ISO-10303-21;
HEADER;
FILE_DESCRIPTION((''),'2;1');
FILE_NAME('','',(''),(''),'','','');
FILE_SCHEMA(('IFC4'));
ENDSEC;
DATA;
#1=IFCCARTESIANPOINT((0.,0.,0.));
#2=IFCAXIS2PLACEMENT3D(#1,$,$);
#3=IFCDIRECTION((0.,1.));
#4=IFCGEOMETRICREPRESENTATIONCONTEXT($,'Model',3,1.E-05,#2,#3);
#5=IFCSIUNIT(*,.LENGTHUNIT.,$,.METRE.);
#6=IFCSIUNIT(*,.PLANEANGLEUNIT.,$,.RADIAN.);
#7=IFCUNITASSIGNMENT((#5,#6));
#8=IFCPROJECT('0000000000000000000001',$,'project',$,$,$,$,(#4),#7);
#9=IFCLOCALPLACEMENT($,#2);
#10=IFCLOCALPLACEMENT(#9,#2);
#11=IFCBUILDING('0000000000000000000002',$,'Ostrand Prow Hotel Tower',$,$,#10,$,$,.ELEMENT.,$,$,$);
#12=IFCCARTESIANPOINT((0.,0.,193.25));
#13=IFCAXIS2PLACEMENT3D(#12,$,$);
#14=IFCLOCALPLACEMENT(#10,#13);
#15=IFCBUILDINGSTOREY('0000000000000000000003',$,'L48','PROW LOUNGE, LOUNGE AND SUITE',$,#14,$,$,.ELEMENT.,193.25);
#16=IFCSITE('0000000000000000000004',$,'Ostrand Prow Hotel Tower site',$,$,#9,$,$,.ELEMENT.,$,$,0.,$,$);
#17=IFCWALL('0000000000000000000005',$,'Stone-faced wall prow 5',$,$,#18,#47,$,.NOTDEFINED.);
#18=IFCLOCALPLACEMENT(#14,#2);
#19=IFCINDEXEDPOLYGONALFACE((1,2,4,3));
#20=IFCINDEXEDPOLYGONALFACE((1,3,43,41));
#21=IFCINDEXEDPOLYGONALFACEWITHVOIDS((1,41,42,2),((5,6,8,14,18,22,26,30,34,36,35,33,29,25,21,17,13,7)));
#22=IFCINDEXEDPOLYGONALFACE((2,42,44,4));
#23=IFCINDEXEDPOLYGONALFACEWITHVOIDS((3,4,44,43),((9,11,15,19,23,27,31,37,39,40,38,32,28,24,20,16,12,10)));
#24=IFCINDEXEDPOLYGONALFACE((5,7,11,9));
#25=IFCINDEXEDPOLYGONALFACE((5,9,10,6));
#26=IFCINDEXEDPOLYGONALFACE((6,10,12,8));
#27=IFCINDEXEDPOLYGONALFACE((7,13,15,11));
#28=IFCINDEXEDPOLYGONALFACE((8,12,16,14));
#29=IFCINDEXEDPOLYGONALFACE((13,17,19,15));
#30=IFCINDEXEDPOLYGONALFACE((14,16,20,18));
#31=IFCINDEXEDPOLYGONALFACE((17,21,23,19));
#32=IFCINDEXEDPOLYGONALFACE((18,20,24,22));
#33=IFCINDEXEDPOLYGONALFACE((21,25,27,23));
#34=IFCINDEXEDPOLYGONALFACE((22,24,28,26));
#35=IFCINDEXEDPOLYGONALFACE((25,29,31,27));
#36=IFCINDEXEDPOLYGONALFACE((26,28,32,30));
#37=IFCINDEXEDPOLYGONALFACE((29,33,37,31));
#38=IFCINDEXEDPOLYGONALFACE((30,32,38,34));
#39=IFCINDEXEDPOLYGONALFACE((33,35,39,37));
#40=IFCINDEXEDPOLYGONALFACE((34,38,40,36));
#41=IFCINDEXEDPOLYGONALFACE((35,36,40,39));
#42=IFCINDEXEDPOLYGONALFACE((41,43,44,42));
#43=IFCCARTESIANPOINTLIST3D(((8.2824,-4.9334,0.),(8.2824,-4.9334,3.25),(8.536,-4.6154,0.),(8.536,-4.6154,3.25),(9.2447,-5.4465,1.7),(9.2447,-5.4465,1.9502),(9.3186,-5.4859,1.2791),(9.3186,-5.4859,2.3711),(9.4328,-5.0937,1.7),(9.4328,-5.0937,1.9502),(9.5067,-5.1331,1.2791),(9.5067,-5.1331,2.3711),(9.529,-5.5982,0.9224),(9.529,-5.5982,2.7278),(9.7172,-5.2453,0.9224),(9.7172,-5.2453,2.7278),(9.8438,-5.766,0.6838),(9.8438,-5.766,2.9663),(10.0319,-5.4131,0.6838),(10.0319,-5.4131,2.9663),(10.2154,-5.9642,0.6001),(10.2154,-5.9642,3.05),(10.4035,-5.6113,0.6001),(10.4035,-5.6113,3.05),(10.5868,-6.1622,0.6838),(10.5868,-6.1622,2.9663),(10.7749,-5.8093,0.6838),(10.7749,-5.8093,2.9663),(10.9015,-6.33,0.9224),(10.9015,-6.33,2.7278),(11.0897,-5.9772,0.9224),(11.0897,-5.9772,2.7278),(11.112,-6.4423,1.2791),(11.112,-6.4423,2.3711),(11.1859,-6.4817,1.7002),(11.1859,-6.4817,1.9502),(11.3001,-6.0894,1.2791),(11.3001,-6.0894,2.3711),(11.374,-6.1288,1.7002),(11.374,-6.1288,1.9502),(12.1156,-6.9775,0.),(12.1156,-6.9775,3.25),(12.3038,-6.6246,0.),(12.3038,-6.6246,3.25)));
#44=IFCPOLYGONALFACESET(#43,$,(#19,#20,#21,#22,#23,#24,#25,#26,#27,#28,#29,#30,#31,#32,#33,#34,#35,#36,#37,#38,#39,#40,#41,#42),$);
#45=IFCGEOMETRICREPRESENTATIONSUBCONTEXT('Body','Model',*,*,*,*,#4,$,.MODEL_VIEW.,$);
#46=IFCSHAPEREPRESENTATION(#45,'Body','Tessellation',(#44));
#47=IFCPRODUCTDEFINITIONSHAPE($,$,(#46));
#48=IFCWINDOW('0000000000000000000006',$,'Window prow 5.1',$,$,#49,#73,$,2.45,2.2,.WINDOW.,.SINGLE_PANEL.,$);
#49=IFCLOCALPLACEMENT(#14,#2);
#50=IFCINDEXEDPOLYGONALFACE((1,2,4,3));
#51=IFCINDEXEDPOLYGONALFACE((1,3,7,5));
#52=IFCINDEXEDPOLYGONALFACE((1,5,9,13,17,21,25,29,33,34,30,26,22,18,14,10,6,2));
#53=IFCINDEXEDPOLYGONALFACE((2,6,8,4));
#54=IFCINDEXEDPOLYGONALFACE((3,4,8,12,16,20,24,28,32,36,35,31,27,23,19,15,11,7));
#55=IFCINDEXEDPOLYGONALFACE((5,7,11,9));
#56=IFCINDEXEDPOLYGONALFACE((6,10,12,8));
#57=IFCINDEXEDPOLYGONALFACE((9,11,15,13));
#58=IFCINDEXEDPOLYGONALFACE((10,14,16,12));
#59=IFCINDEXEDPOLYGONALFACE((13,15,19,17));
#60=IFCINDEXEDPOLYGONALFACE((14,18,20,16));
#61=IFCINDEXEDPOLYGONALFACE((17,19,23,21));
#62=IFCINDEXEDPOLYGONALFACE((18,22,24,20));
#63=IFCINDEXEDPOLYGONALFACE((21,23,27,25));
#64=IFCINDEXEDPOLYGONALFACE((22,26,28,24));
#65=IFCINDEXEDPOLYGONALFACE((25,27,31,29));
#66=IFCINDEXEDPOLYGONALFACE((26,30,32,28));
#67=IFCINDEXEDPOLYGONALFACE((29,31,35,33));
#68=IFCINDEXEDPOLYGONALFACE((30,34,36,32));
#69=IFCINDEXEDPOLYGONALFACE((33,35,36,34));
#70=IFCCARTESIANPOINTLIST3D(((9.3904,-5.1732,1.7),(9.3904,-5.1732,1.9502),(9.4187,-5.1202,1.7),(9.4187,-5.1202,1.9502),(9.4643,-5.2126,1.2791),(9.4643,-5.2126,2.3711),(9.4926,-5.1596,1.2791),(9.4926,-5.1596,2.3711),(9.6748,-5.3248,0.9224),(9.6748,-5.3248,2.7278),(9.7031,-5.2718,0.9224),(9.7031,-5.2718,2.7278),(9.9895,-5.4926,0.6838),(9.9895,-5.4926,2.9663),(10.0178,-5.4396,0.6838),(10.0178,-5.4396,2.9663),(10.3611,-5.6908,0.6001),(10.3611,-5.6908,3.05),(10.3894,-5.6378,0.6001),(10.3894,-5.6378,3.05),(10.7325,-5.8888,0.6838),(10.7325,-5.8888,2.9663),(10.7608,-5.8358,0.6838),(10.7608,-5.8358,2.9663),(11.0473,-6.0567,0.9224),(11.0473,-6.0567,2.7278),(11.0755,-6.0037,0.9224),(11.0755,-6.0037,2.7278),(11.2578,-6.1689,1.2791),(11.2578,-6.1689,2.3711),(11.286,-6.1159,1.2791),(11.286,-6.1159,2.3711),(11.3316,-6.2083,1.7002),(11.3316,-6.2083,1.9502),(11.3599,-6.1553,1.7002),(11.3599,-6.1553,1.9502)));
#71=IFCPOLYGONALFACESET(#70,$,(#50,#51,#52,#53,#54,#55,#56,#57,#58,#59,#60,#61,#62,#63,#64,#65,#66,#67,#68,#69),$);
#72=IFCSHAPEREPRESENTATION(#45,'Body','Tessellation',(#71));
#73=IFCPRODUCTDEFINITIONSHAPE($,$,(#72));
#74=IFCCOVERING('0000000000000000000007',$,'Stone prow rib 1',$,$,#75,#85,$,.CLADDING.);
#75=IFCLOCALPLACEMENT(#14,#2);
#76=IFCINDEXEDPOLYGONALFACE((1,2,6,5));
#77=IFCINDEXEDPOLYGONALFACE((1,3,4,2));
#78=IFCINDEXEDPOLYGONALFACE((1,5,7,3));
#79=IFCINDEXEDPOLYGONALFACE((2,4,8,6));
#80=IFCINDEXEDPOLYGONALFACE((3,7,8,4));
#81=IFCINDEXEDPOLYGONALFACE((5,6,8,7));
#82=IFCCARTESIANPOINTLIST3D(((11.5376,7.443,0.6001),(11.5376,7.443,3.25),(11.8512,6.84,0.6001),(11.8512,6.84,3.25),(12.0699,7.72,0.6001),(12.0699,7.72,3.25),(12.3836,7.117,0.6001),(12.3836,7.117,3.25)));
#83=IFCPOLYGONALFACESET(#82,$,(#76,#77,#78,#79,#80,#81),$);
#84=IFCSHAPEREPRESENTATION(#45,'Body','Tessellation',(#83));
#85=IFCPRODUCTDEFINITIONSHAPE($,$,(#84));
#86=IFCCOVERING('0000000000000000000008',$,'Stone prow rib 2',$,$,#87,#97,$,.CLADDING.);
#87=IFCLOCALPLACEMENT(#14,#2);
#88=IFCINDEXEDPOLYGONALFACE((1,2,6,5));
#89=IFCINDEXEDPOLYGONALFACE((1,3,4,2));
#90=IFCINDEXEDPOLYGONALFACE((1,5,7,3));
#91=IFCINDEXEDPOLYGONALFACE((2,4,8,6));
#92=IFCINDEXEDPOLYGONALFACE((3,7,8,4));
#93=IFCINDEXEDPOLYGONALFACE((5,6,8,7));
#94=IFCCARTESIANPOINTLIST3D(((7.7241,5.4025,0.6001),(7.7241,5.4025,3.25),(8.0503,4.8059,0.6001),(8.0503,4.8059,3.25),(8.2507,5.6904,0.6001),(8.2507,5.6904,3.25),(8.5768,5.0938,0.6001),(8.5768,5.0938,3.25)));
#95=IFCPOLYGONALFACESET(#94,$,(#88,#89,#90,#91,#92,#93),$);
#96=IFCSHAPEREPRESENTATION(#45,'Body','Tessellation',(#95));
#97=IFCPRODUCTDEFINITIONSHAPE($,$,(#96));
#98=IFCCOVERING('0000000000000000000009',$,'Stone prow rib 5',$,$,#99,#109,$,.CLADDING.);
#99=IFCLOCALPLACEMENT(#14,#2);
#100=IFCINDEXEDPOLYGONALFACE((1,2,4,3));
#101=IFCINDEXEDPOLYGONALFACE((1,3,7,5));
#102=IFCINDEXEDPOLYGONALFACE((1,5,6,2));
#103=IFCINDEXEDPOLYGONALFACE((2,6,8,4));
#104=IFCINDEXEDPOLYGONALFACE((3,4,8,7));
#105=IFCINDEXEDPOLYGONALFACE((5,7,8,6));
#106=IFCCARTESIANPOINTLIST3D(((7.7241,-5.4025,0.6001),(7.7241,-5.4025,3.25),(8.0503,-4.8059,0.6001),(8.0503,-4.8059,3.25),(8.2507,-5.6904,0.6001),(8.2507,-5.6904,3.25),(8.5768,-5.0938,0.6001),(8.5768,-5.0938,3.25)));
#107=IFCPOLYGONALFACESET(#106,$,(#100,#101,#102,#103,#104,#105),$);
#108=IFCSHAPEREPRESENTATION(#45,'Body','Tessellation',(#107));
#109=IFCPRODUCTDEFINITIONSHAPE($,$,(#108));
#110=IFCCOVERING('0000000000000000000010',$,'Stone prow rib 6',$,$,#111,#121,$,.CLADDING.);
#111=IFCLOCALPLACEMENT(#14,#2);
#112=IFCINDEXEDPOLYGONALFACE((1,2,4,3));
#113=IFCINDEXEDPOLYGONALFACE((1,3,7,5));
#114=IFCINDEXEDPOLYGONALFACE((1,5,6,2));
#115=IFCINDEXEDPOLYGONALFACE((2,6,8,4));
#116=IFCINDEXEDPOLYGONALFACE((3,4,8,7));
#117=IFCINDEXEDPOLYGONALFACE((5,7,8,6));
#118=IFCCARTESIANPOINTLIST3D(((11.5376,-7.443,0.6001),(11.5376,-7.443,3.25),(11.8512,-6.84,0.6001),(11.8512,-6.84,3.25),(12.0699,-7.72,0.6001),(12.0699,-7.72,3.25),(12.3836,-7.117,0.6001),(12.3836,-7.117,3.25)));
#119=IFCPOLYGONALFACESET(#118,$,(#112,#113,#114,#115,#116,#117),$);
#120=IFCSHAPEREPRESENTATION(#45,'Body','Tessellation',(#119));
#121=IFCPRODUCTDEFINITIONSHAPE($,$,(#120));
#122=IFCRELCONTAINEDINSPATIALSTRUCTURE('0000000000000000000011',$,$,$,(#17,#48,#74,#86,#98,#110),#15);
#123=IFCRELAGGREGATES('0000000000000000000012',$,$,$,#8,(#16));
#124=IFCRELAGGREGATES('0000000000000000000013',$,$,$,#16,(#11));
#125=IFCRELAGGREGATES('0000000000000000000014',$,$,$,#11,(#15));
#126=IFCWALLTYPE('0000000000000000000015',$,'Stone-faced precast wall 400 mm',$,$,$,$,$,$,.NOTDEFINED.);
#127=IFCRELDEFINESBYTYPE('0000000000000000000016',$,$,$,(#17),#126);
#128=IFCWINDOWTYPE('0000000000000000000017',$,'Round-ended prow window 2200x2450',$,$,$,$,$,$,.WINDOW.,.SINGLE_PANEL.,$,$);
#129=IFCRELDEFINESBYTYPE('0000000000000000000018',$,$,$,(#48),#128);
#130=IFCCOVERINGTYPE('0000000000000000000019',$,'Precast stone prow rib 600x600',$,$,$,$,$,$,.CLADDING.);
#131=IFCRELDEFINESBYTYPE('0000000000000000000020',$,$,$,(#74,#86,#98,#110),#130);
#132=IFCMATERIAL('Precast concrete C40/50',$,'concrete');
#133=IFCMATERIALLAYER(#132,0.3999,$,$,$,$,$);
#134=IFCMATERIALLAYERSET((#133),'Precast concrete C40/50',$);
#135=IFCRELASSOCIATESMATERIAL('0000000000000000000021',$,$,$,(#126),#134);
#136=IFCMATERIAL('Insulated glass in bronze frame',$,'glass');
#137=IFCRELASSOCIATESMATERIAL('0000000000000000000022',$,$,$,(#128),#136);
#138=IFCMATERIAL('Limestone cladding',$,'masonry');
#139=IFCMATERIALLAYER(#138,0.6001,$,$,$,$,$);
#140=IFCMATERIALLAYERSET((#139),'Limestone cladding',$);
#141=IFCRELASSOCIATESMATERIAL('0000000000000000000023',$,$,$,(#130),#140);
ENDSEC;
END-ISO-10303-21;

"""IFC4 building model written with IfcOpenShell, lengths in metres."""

from ifc_helpers import new_model, si_unit, direction, frame, frame_2d, origin, place, context, subcontext, project, spatial, polyline, rectangle, outline, extrude, material, layer, layer_set, type_object, element, fill, save


model = new_model("IFC4")

# Units and contexts
model_context = context("Model", 3, precision=1e-05, world=origin(), true_north=direction((0.0, 1.0)))
body_context = subcontext(model_context, "Body", "Model", "MODEL_VIEW")
ifc_project = project(units=[si_unit("LENGTHUNIT", "METRE"), si_unit("PLANEANGLEUNIT", "RADIAN")], contexts=[model_context])

# Site, building, storey
site_placement = place(None, origin())
site = spatial("IfcSite", under=ifc_project, at=site_placement, Name="Ostrand Prow Hotel Tower site", CompositionType="ELEMENT", RefElevation=0.0)
building_placement = place(site_placement, origin())
building = spatial("IfcBuilding", under=site, at=building_placement, Name="Ostrand Prow Hotel Tower", CompositionType="ELEMENT")
storey_placement = place(building_placement, frame((0.0, 0.0, 193.25)))
storey = spatial("IfcBuildingStorey", under=building, at=storey_placement, Name="L48", Description="PROW LOUNGE, LOUNGE AND SUITE", CompositionType="ELEMENT", Elevation=193.25)

# Wall, opening, window
ifc_material_1 = material(Name="Precast concrete C40/50", Category="concrete")
ifc_layer_1 = layer(ifc_material_1, 0.3999)
ifc_layer_set_1 = layer_set([ifc_layer_1], Name="Precast concrete C40/50")
wall_type = type_object("IfcWallType", Name="Stone-faced precast wall 400 mm", PredefinedType="NOTDEFINED", material=ifc_layer_set_1)
ifc_material_2 = material(Name="Insulated glass in bronze frame", Category="glass")
window_type = type_object("IfcWindowType", Name="Round-ended prow window 2200x2450", PartitioningType="SINGLE_PANEL", PredefinedType="WINDOW", material=ifc_material_2)
wall_1_placement = place(storey_placement, frame((8.4092, -4.7744, 0.0), z_axis=(0.0, 0.0, 1.0), x_axis=(0.882386, -0.470526, 0.0)))
wall_1 = element("IfcWall", 1, at=wall_1_placement, inside=storey, type_object=wall_type, Name="Stone-faced wall prow 5", PredefinedType="NOTDEFINED", context=body_context, shape_type="SweptSolid", body=[
    extrude(outline(polyline([(-0.0371, -0.2), (4.3071, -0.2), (4.3071, 0.2), (0.0371, 0.2), (-0.0371, -0.2)])), origin(), (0.0, 0.0, 1.0), 3.25),
])
opening_1_placement = place(wall_1_placement, frame((1.0535, 0.0, 0.6001)))
opening_1 = element("IfcOpeningElement", 2, at=opening_1_placement, cuts=wall_1, PredefinedType="OPENING", context=body_context, shape_type="SweptSolid", body=[
    extrude(outline(polyline([(0.0, 1.3501), (0.0837, 1.771), (0.3223, 2.1277), (0.679, 2.3662), (1.1001, 2.45), (1.521, 2.3662), (1.8777, 2.1277), (2.1162, 1.771), (2.2, 1.3501), (2.2, 1.1001), (2.1162, 0.679), (1.8777, 0.3223), (1.521, 0.0837), (1.1001, 0.0), (0.679, 0.0837), (0.3223, 0.3223), (0.0837, 0.679), (0.0, 1.0999), (0.0, 1.3501)])), frame((0.0, 0.21, 0.0), z_axis=(0.0, -1.0, 0.0), x_axis=(1.0, 0.0, 0.0)), (0.0, 0.0, 1.0), 0.4199),
])
window_1_placement = place(opening_1_placement, origin())
window_1 = element("IfcWindow", 3, at=window_1_placement, inside=storey, type_object=window_type, Name="Window prow 5.1", OverallHeight=2.45, OverallWidth=2.2, PartitioningType="SINGLE_PANEL", PredefinedType="WINDOW", context=body_context, shape_type="SweptSolid", body=[
    extrude(outline(polyline([(0.0, 1.3501), (0.0837, 1.771), (0.3223, 2.1277), (0.679, 2.3662), (1.1001, 2.45), (1.521, 2.3662), (1.8777, 2.1277), (2.1162, 1.771), (2.2, 1.3501), (2.2, 1.1001), (2.1162, 0.679), (1.8777, 0.3223), (1.521, 0.0837), (1.1001, 0.0), (0.679, 0.0837), (0.3223, 0.3223), (0.0837, 0.679), (0.0, 1.0999), (0.0, 1.3501)])), frame((0.0, 0.1699, 0.0), z_axis=(0.0, -1.0, 0.0), x_axis=(1.0, 0.0, 0.0)), (0.0, 0.0, 1.0), 0.0601),
])
fill(opening_1, window_1)

# Coverings
ifc_material_3 = material(Name="Limestone cladding", Category="masonry")
ifc_layer_2 = layer(ifc_material_3, 0.6001)
ifc_layer_set_2 = layer_set([ifc_layer_2], Name="Limestone cladding")
covering_type = type_object("IfcCoveringType", Name="Precast stone prow rib 600x600", PredefinedType="CLADDING", material=ifc_layer_set_2)
covering_1_placement = place(storey_placement, frame((12.1174, 6.9785, 0.6001), z_axis=(0.0, 0.0, 1.0), x_axis=(-0.461522, 0.887129, 0.0)))
element("IfcCovering", 4, at=covering_1_placement, inside=storey, type_object=covering_type, Name="Stone prow rib 1", PredefinedType="CLADDING", context=body_context, shape_type="SweptSolid", body=[
    extrude(rectangle(XDim=0.6797, YDim=0.6001, at=frame_2d((0.3398, 0.0))), origin(), (0.0, 0.0, 1.0), 2.6499),
])
for number, where, z_axis, x_axis, name in (
    (5, (8.3135, 4.95, 0.6001), (0.0, 0.0, 1.0), (-0.479657, 0.877456, 0.0), "Stone prow rib 2"),
    (6, (8.3135, -4.95, 0.6001), (0.0, 0.0, 1.0), (-0.479657, -0.877456, 0.0), "Stone prow rib 5"),
):
    element("IfcCovering", number, at=place(storey_placement, frame(where, z_axis=z_axis, x_axis=x_axis)), inside=storey, type_object=covering_type, Name=name, PredefinedType="CLADDING", context=body_context, shape_type="SweptSolid", body=[
        extrude(rectangle(XDim=0.6799, YDim=0.6001, at=frame_2d((0.3398, 0.0))), origin(), (0.0, 0.0, 1.0), 2.6499),
    ])
covering_2_placement = place(storey_placement, frame((12.1174, -6.9785, 0.6001), z_axis=(0.0, 0.0, 1.0), x_axis=(-0.461522, -0.887129, 0.0)))
element("IfcCovering", 7, at=covering_2_placement, inside=storey, type_object=covering_type, Name="Stone prow rib 6", PredefinedType="CLADDING", context=body_context, shape_type="SweptSolid", body=[
    extrude(rectangle(XDim=0.6797, YDim=0.6001, at=frame_2d((0.3398, 0.0))), origin(), (0.0, 0.0, 1.0), 2.6499),
])

save(model, "model.ifc")
